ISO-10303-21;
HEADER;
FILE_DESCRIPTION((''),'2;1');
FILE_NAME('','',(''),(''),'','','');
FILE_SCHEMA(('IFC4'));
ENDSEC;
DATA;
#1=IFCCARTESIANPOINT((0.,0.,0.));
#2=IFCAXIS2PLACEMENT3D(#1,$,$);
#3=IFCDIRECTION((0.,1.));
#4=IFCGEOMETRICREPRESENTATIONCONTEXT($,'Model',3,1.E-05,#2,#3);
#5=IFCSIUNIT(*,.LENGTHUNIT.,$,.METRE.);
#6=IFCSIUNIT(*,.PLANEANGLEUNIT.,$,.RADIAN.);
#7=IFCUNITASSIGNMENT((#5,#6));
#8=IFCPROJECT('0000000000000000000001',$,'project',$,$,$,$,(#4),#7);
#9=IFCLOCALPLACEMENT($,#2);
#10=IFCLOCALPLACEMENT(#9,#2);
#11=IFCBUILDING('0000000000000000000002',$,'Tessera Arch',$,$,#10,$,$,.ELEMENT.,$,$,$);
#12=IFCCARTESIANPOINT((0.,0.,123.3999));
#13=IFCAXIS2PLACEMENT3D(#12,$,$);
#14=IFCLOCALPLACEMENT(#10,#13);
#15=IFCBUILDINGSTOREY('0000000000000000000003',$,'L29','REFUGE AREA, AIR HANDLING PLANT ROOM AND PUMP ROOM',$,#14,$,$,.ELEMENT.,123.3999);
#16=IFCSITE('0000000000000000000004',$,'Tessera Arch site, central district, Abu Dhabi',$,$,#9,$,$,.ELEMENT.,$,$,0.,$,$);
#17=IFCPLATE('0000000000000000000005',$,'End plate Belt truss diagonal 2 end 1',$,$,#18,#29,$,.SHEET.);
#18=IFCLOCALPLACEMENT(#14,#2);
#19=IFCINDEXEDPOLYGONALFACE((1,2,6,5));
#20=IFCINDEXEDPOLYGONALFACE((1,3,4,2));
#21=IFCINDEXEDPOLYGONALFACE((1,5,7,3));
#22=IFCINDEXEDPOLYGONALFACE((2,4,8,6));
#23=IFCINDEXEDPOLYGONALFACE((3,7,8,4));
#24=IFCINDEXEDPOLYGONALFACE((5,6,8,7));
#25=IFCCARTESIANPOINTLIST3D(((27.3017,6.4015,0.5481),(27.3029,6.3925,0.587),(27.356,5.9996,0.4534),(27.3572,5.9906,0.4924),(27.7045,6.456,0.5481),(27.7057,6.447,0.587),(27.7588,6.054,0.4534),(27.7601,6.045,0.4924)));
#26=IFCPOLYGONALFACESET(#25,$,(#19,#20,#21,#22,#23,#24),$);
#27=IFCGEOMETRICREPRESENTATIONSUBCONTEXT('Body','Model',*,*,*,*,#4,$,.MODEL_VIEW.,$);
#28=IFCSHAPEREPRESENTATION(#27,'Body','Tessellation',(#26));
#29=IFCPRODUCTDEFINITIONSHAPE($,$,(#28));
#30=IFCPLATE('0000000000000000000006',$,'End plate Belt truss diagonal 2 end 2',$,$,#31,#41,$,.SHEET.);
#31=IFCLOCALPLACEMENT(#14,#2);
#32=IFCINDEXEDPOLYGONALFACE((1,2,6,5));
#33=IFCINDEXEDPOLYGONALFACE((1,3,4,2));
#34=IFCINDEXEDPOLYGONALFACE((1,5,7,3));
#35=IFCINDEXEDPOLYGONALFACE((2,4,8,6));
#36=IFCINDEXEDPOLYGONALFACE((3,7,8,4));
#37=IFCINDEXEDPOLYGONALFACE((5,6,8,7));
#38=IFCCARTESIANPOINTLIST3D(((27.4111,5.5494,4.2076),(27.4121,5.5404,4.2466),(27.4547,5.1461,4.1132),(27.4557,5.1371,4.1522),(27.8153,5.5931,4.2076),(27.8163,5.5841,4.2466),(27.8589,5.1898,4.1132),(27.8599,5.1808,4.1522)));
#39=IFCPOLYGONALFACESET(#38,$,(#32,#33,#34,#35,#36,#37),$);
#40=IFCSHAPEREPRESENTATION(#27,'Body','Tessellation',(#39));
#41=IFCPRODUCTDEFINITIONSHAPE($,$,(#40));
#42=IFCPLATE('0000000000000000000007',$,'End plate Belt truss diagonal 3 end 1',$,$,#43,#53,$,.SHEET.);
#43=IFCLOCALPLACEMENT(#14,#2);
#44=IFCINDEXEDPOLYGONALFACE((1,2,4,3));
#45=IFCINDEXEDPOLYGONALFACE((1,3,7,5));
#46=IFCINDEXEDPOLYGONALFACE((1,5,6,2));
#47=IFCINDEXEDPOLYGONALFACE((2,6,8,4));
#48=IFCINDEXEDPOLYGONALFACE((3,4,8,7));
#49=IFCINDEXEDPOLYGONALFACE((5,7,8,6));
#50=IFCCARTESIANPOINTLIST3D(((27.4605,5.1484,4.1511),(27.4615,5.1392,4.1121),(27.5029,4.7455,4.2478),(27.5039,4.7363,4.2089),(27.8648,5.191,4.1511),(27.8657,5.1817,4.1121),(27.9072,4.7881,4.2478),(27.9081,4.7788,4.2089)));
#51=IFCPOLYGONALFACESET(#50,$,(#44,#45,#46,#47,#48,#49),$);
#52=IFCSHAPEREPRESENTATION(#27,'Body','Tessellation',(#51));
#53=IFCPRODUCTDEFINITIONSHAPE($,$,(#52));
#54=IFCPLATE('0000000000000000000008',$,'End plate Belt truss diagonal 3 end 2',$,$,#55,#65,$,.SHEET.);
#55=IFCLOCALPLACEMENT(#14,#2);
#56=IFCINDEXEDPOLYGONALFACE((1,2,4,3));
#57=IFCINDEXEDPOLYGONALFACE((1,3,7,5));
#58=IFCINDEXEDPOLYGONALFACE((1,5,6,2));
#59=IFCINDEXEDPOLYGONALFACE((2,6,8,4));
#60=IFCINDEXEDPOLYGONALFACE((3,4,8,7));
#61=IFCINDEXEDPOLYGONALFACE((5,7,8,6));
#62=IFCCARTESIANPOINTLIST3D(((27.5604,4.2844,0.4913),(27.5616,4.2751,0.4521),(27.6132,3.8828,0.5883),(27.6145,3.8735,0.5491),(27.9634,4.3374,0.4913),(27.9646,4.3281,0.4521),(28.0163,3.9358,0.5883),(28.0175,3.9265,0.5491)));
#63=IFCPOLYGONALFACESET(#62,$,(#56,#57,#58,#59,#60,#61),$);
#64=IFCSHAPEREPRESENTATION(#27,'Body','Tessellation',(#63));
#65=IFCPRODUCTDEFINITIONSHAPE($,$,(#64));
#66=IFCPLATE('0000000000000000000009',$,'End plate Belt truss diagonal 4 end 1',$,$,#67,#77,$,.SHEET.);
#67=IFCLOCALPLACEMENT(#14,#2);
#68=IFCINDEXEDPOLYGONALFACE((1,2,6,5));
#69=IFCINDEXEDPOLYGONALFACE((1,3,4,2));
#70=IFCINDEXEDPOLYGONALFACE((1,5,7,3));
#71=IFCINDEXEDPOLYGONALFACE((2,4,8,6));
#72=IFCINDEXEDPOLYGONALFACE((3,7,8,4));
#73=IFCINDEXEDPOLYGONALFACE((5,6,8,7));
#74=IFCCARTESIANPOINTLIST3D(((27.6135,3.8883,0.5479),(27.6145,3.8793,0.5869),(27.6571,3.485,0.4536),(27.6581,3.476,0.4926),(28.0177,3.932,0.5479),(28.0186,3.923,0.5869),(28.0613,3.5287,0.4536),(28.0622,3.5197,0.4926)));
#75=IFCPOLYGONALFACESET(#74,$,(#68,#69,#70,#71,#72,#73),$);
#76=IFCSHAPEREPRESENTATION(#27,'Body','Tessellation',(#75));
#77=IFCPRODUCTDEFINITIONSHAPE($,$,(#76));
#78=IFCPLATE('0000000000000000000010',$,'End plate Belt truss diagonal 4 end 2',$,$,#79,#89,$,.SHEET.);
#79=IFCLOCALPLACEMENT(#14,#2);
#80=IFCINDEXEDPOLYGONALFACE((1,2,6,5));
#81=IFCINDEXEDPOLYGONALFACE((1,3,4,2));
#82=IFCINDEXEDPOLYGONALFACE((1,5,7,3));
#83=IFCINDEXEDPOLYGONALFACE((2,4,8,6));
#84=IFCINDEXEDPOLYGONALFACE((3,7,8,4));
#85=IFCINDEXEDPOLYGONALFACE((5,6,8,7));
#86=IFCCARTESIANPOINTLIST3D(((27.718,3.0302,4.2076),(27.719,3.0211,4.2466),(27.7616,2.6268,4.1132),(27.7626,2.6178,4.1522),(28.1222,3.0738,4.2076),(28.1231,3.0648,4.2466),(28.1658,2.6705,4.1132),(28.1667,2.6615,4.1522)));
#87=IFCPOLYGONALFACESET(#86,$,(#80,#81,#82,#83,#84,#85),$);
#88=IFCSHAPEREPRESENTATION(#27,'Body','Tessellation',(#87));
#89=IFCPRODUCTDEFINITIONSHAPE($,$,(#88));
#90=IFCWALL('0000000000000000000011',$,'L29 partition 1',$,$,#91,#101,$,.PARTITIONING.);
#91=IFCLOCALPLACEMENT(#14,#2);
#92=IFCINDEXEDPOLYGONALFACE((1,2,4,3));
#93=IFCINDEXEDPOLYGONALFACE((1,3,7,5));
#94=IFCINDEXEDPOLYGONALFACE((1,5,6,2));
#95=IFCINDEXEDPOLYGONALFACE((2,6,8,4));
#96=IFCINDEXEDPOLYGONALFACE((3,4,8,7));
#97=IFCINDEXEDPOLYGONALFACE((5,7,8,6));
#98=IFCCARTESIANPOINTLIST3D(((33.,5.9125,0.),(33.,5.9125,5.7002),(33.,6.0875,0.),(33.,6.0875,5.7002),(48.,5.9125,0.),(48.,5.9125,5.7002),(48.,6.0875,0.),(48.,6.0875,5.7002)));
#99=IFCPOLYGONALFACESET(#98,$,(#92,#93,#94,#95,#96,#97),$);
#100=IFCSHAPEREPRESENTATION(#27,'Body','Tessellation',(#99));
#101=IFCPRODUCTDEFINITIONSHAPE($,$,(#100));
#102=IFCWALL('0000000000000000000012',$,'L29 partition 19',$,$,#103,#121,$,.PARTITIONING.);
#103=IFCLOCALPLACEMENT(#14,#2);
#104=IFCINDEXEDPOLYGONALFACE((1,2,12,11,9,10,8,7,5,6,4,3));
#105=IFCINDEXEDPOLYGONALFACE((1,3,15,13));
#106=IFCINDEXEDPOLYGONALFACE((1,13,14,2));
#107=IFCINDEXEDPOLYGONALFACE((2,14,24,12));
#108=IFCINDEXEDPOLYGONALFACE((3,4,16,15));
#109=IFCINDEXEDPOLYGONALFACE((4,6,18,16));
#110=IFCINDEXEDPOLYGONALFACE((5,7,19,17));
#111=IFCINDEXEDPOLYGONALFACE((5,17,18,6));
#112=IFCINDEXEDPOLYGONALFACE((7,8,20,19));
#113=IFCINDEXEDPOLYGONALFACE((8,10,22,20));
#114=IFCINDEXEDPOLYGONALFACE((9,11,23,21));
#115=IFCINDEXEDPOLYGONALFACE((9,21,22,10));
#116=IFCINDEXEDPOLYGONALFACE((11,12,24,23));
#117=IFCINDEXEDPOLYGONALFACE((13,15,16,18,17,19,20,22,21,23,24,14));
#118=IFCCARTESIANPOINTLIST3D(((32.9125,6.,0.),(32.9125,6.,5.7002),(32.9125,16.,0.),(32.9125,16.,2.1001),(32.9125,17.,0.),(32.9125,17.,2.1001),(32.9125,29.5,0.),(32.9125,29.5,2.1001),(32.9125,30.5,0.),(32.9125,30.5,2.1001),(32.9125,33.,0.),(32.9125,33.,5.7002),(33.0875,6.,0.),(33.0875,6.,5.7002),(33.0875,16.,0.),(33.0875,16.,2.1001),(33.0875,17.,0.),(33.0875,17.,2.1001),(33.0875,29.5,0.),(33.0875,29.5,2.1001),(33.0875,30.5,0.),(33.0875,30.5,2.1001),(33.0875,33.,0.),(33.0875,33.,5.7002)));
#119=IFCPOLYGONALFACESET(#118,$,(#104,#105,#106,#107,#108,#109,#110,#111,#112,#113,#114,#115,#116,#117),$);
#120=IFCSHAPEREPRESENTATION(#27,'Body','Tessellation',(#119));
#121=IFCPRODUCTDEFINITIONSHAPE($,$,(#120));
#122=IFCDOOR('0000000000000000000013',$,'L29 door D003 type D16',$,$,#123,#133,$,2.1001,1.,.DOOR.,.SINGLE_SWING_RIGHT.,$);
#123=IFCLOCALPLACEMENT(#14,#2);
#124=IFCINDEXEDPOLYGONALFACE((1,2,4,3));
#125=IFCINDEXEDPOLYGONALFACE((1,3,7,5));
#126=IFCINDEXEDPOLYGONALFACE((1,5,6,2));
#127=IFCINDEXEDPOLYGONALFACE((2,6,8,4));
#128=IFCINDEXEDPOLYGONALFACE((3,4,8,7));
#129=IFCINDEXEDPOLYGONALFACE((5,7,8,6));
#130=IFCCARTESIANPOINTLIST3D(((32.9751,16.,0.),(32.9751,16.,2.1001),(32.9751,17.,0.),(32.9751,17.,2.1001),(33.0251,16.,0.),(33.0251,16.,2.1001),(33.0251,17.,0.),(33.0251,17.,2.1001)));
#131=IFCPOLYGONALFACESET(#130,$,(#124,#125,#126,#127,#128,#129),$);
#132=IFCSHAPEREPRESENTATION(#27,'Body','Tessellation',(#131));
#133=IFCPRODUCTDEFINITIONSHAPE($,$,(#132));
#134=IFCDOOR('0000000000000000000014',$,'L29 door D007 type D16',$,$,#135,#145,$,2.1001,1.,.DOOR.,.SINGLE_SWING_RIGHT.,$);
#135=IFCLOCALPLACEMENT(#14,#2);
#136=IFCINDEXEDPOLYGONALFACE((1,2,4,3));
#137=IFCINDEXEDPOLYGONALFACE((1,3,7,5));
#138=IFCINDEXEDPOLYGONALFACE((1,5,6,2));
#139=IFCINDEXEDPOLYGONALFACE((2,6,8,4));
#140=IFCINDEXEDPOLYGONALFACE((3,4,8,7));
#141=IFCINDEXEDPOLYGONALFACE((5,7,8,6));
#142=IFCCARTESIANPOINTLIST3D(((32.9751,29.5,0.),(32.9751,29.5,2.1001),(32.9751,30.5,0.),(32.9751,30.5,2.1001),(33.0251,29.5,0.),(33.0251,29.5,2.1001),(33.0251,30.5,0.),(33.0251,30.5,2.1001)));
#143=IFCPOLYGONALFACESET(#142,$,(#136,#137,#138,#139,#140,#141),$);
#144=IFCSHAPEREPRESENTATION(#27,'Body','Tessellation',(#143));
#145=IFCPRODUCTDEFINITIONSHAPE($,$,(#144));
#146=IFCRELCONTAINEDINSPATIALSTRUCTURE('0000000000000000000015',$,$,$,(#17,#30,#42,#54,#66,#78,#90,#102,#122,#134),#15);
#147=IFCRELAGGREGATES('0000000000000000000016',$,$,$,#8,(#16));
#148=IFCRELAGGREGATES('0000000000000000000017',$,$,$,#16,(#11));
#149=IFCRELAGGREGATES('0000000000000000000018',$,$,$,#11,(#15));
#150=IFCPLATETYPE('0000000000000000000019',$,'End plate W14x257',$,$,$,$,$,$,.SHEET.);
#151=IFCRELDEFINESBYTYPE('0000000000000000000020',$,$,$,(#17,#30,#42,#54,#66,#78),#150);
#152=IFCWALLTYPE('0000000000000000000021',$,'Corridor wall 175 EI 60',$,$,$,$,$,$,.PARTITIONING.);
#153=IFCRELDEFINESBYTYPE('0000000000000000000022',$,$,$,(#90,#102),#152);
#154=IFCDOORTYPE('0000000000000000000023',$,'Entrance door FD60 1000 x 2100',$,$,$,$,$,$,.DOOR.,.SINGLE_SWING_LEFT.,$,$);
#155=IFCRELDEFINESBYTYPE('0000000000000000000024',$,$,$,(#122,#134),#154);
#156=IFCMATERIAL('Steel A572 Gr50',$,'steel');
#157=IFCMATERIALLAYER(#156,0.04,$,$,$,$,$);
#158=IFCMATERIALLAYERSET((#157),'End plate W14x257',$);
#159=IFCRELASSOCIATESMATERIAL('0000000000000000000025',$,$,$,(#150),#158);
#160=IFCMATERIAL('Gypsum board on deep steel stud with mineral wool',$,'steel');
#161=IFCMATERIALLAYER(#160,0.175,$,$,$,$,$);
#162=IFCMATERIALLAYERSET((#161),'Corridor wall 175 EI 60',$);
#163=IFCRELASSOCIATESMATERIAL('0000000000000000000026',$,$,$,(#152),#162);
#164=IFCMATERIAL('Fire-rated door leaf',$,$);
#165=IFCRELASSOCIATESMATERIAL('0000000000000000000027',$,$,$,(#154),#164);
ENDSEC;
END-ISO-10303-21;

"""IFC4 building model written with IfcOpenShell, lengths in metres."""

from ifc_helpers import new_model, si_unit, direction, frame, frame_2d, origin, origin_2d, place, context, subcontext, project, spatial, rectangle, extrude, material, layer, layer_set, type_object, element, fill, save


model = new_model("IFC4")

# Units and contexts
model_context = context("Model", 3, precision=1e-05, world=origin(), true_north=direction((0.0, 1.0)))
body_context = subcontext(model_context, "Body", "Model", "MODEL_VIEW")
ifc_project = project(units=[si_unit("LENGTHUNIT", "METRE"), si_unit("PLANEANGLEUNIT", "RADIAN")], contexts=[model_context])

# Site, building, storey
site_placement = place(None, origin())
site = spatial("IfcSite", under=ifc_project, at=site_placement, Name="Tessera Arch site, central district, Abu Dhabi", CompositionType="ELEMENT", RefElevation=0.0)
building_placement = place(site_placement, origin())
building = spatial("IfcBuilding", under=site, at=building_placement, Name="Tessera Arch", CompositionType="ELEMENT")
storey_placement = place(building_placement, frame((0.0, 0.0, 123.3999)))
storey = spatial("IfcBuildingStorey", under=building, at=storey_placement, Name="L29", Description="REFUGE AREA, AIR HANDLING PLANT ROOM AND PUMP ROOM", CompositionType="ELEMENT", Elevation=123.3999)

# Plates
ifc_material_1 = material(Name="Steel A572 Gr50", Category="steel")
ifc_layer_1 = layer(ifc_material_1, 0.04)
ifc_layer_set_1 = layer_set([ifc_layer_1], Name="End plate W14x257")
plate_type_1 = type_object("IfcPlateType", Name="End plate W14x257", PredefinedType="SHEET", material=ifc_layer_set_1)
for number, where, z_axis, x_axis, name in (
    (1, (27.5303, 6.2278, 0.5007), (0.030432, -0.2252, 0.973837), (0.990992, 0.133918, 0.0), "End plate Belt truss diagonal 2 end 1"),
    (2, (27.635, 5.3696, 4.1604), (0.02435, -0.225237, 0.974), (0.994207, 0.107482, 0.0), "End plate Belt truss diagonal 2 end 2"),
    (3, (27.6838, 4.9683, 4.1995), (0.024316, -0.231004, -0.972649), (0.994505, 0.104685, 0.0), "End plate Belt truss diagonal 3 end 1"),
):
    element("IfcPlate", number, at=place(storey_placement, frame(where, z_axis=z_axis, x_axis=x_axis)), inside=storey, type_object=plate_type_1, Name=name, PredefinedType="SHEET", context=body_context, shape_type="SweptSolid", body=[
        extrude(rectangle(XDim=0.4065, YDim=0.4165, at=origin_2d()), origin(), (0.0, 0.0, 1.0), 0.04),
    ])
plate_1_placement = place(storey_placement, frame((27.7883, 4.1101, 0.5398), z_axis=(0.03039, -0.230966, -0.972487), x_axis=(0.991454, 0.130455, 0.0)))
element("IfcPlate", 4, at=plate_1_placement, inside=storey, type_object=plate_type_1, Name="End plate Belt truss diagonal 3 end 2", PredefinedType="SHEET", context=body_context, shape_type="SweptSolid", body=[
    extrude(rectangle(XDim=0.4065, YDim=0.4165, at=origin_2d()), origin(), (0.0, 0.0, 1.0), 0.0403),
])
for number, where, z_axis, x_axis, name in (
    (5, (27.8374, 3.7085, 0.5007), (0.02435, -0.225237, 0.974), (0.994207, 0.107482, 0.0), "End plate Belt truss diagonal 4 end 1"),
    (6, (27.9419, 2.8503, 4.1604), (0.02435, -0.225237, 0.974), (0.994207, 0.107482, 0.0), "End plate Belt truss diagonal 4 end 2"),
):
    element("IfcPlate", number, at=place(storey_placement, frame(where, z_axis=z_axis, x_axis=x_axis)), inside=storey, type_object=plate_type_1, Name=name, PredefinedType="SHEET", context=body_context, shape_type="SweptSolid", body=[
        extrude(rectangle(XDim=0.4065, YDim=0.4165, at=origin_2d()), origin(), (0.0, 0.0, 1.0), 0.04),
    ])

# Wall
ifc_material_2 = material(Name="Gypsum board on deep steel stud with mineral wool", Category="steel")
ifc_layer_2 = layer(ifc_material_2, 0.175)
ifc_layer_set_2 = layer_set([ifc_layer_2], Name="Corridor wall 175 EI 60")
wall_type = type_object("IfcWallType", Name="Corridor wall 175 EI 60", PredefinedType="PARTITIONING", material=ifc_layer_set_2)
wall_1_placement = place(storey_placement, frame((33.0, 6.0, 0.0), z_axis=(0.0, 0.0, 1.0), x_axis=(1.0, 0.0, 0.0)))
element("IfcWall", 7, at=wall_1_placement, inside=storey, type_object=wall_type, Name="L29 partition 1", PredefinedType="PARTITIONING", context=body_context, shape_type="SweptSolid", body=[
    extrude(rectangle(XDim=15.0, YDim=0.175, at=frame_2d((7.5, 0.0))), origin(), (0.0, 0.0, 1.0), 5.7002),
])

# Wall, openings, doors
wall_2_placement = place(storey_placement, frame((33.0, 6.0, 0.0), z_axis=(0.0, 0.0, 1.0), x_axis=(0.0, 1.0, 0.0)))
wall_2 = element("IfcWall", 8, at=wall_2_placement, inside=storey, type_object=wall_type, Name="L29 partition 19", PredefinedType="PARTITIONING", context=body_context, shape_type="SweptSolid", body=[
    extrude(rectangle(XDim=27.0, YDim=0.175, at=frame_2d((13.5, 0.0))), origin(), (0.0, 0.0, 1.0), 5.7002),
])
opening_1_placement = place(wall_2_placement, frame((10.0, 0.0, 0.0)))
opening_1 = element("IfcOpeningElement", 9, at=opening_1_placement, cuts=wall_2, PredefinedType="OPENING", context=body_context, shape_type="SweptSolid", body=[
    extrude(rectangle(XDim=1.0, YDim=2.1001, at=frame_2d((0.5, 1.05))), frame((0.0, 0.0974, 0.0), z_axis=(0.0, -1.0, 0.0), x_axis=(1.0, 0.0, 0.0)), (0.0, 0.0, 1.0), 0.1951),
])
opening_2_placement = place(wall_2_placement, frame((23.5, 0.0, 0.0)))
opening_2 = element("IfcOpeningElement", 10, at=opening_2_placement, cuts=wall_2, PredefinedType="OPENING", context=body_context, shape_type="SweptSolid", body=[
    extrude(rectangle(XDim=1.0, YDim=2.1001, at=frame_2d((0.5, 1.05))), frame((0.0, 0.0974, 0.0), z_axis=(0.0, -1.0, 0.0), x_axis=(1.0, 0.0, 0.0)), (0.0, 0.0, 1.0), 0.1951),
])
ifc_material_3 = material(Name="Fire-rated door leaf")
door_type = type_object("IfcDoorType", Name="Entrance door FD60 1000 x 2100", OperationType="SINGLE_SWING_LEFT", PredefinedType="DOOR", material=ifc_material_3)
door_1_placement = place(opening_1_placement, origin())
door_1 = element("IfcDoor", 11, at=door_1_placement, inside=storey, type_object=door_type, Name="L29 door D003 type D16", OperationType="SINGLE_SWING_RIGHT", OverallHeight=2.1001, OverallWidth=1.0, PredefinedType="DOOR", context=body_context, shape_type="SweptSolid", body=[
    extrude(rectangle(XDim=1.0, YDim=2.1001, at=frame_2d((0.5, 1.05))), frame((0.0, 0.0249, 0.0), z_axis=(0.0, -1.0, 0.0), x_axis=(1.0, 0.0, 0.0)), (0.0, 0.0, 1.0), 0.05),
])
fill(opening_1, door_1)
door_2_placement = place(opening_2_placement, origin())
door_2 = element("IfcDoor", 12, at=door_2_placement, inside=storey, type_object=door_type, Name="L29 door D007 type D16", OperationType="SINGLE_SWING_RIGHT", OverallHeight=2.1001, OverallWidth=1.0, PredefinedType="DOOR", context=body_context, shape_type="SweptSolid", body=[
    extrude(rectangle(XDim=1.0, YDim=2.1001, at=frame_2d((0.5, 1.05))), frame((0.0, 0.0249, 0.0), z_axis=(0.0, -1.0, 0.0), x_axis=(1.0, 0.0, 0.0)), (0.0, 0.0, 1.0), 0.05),
])
fill(opening_2, door_2)

save(model, "model.ifc")
